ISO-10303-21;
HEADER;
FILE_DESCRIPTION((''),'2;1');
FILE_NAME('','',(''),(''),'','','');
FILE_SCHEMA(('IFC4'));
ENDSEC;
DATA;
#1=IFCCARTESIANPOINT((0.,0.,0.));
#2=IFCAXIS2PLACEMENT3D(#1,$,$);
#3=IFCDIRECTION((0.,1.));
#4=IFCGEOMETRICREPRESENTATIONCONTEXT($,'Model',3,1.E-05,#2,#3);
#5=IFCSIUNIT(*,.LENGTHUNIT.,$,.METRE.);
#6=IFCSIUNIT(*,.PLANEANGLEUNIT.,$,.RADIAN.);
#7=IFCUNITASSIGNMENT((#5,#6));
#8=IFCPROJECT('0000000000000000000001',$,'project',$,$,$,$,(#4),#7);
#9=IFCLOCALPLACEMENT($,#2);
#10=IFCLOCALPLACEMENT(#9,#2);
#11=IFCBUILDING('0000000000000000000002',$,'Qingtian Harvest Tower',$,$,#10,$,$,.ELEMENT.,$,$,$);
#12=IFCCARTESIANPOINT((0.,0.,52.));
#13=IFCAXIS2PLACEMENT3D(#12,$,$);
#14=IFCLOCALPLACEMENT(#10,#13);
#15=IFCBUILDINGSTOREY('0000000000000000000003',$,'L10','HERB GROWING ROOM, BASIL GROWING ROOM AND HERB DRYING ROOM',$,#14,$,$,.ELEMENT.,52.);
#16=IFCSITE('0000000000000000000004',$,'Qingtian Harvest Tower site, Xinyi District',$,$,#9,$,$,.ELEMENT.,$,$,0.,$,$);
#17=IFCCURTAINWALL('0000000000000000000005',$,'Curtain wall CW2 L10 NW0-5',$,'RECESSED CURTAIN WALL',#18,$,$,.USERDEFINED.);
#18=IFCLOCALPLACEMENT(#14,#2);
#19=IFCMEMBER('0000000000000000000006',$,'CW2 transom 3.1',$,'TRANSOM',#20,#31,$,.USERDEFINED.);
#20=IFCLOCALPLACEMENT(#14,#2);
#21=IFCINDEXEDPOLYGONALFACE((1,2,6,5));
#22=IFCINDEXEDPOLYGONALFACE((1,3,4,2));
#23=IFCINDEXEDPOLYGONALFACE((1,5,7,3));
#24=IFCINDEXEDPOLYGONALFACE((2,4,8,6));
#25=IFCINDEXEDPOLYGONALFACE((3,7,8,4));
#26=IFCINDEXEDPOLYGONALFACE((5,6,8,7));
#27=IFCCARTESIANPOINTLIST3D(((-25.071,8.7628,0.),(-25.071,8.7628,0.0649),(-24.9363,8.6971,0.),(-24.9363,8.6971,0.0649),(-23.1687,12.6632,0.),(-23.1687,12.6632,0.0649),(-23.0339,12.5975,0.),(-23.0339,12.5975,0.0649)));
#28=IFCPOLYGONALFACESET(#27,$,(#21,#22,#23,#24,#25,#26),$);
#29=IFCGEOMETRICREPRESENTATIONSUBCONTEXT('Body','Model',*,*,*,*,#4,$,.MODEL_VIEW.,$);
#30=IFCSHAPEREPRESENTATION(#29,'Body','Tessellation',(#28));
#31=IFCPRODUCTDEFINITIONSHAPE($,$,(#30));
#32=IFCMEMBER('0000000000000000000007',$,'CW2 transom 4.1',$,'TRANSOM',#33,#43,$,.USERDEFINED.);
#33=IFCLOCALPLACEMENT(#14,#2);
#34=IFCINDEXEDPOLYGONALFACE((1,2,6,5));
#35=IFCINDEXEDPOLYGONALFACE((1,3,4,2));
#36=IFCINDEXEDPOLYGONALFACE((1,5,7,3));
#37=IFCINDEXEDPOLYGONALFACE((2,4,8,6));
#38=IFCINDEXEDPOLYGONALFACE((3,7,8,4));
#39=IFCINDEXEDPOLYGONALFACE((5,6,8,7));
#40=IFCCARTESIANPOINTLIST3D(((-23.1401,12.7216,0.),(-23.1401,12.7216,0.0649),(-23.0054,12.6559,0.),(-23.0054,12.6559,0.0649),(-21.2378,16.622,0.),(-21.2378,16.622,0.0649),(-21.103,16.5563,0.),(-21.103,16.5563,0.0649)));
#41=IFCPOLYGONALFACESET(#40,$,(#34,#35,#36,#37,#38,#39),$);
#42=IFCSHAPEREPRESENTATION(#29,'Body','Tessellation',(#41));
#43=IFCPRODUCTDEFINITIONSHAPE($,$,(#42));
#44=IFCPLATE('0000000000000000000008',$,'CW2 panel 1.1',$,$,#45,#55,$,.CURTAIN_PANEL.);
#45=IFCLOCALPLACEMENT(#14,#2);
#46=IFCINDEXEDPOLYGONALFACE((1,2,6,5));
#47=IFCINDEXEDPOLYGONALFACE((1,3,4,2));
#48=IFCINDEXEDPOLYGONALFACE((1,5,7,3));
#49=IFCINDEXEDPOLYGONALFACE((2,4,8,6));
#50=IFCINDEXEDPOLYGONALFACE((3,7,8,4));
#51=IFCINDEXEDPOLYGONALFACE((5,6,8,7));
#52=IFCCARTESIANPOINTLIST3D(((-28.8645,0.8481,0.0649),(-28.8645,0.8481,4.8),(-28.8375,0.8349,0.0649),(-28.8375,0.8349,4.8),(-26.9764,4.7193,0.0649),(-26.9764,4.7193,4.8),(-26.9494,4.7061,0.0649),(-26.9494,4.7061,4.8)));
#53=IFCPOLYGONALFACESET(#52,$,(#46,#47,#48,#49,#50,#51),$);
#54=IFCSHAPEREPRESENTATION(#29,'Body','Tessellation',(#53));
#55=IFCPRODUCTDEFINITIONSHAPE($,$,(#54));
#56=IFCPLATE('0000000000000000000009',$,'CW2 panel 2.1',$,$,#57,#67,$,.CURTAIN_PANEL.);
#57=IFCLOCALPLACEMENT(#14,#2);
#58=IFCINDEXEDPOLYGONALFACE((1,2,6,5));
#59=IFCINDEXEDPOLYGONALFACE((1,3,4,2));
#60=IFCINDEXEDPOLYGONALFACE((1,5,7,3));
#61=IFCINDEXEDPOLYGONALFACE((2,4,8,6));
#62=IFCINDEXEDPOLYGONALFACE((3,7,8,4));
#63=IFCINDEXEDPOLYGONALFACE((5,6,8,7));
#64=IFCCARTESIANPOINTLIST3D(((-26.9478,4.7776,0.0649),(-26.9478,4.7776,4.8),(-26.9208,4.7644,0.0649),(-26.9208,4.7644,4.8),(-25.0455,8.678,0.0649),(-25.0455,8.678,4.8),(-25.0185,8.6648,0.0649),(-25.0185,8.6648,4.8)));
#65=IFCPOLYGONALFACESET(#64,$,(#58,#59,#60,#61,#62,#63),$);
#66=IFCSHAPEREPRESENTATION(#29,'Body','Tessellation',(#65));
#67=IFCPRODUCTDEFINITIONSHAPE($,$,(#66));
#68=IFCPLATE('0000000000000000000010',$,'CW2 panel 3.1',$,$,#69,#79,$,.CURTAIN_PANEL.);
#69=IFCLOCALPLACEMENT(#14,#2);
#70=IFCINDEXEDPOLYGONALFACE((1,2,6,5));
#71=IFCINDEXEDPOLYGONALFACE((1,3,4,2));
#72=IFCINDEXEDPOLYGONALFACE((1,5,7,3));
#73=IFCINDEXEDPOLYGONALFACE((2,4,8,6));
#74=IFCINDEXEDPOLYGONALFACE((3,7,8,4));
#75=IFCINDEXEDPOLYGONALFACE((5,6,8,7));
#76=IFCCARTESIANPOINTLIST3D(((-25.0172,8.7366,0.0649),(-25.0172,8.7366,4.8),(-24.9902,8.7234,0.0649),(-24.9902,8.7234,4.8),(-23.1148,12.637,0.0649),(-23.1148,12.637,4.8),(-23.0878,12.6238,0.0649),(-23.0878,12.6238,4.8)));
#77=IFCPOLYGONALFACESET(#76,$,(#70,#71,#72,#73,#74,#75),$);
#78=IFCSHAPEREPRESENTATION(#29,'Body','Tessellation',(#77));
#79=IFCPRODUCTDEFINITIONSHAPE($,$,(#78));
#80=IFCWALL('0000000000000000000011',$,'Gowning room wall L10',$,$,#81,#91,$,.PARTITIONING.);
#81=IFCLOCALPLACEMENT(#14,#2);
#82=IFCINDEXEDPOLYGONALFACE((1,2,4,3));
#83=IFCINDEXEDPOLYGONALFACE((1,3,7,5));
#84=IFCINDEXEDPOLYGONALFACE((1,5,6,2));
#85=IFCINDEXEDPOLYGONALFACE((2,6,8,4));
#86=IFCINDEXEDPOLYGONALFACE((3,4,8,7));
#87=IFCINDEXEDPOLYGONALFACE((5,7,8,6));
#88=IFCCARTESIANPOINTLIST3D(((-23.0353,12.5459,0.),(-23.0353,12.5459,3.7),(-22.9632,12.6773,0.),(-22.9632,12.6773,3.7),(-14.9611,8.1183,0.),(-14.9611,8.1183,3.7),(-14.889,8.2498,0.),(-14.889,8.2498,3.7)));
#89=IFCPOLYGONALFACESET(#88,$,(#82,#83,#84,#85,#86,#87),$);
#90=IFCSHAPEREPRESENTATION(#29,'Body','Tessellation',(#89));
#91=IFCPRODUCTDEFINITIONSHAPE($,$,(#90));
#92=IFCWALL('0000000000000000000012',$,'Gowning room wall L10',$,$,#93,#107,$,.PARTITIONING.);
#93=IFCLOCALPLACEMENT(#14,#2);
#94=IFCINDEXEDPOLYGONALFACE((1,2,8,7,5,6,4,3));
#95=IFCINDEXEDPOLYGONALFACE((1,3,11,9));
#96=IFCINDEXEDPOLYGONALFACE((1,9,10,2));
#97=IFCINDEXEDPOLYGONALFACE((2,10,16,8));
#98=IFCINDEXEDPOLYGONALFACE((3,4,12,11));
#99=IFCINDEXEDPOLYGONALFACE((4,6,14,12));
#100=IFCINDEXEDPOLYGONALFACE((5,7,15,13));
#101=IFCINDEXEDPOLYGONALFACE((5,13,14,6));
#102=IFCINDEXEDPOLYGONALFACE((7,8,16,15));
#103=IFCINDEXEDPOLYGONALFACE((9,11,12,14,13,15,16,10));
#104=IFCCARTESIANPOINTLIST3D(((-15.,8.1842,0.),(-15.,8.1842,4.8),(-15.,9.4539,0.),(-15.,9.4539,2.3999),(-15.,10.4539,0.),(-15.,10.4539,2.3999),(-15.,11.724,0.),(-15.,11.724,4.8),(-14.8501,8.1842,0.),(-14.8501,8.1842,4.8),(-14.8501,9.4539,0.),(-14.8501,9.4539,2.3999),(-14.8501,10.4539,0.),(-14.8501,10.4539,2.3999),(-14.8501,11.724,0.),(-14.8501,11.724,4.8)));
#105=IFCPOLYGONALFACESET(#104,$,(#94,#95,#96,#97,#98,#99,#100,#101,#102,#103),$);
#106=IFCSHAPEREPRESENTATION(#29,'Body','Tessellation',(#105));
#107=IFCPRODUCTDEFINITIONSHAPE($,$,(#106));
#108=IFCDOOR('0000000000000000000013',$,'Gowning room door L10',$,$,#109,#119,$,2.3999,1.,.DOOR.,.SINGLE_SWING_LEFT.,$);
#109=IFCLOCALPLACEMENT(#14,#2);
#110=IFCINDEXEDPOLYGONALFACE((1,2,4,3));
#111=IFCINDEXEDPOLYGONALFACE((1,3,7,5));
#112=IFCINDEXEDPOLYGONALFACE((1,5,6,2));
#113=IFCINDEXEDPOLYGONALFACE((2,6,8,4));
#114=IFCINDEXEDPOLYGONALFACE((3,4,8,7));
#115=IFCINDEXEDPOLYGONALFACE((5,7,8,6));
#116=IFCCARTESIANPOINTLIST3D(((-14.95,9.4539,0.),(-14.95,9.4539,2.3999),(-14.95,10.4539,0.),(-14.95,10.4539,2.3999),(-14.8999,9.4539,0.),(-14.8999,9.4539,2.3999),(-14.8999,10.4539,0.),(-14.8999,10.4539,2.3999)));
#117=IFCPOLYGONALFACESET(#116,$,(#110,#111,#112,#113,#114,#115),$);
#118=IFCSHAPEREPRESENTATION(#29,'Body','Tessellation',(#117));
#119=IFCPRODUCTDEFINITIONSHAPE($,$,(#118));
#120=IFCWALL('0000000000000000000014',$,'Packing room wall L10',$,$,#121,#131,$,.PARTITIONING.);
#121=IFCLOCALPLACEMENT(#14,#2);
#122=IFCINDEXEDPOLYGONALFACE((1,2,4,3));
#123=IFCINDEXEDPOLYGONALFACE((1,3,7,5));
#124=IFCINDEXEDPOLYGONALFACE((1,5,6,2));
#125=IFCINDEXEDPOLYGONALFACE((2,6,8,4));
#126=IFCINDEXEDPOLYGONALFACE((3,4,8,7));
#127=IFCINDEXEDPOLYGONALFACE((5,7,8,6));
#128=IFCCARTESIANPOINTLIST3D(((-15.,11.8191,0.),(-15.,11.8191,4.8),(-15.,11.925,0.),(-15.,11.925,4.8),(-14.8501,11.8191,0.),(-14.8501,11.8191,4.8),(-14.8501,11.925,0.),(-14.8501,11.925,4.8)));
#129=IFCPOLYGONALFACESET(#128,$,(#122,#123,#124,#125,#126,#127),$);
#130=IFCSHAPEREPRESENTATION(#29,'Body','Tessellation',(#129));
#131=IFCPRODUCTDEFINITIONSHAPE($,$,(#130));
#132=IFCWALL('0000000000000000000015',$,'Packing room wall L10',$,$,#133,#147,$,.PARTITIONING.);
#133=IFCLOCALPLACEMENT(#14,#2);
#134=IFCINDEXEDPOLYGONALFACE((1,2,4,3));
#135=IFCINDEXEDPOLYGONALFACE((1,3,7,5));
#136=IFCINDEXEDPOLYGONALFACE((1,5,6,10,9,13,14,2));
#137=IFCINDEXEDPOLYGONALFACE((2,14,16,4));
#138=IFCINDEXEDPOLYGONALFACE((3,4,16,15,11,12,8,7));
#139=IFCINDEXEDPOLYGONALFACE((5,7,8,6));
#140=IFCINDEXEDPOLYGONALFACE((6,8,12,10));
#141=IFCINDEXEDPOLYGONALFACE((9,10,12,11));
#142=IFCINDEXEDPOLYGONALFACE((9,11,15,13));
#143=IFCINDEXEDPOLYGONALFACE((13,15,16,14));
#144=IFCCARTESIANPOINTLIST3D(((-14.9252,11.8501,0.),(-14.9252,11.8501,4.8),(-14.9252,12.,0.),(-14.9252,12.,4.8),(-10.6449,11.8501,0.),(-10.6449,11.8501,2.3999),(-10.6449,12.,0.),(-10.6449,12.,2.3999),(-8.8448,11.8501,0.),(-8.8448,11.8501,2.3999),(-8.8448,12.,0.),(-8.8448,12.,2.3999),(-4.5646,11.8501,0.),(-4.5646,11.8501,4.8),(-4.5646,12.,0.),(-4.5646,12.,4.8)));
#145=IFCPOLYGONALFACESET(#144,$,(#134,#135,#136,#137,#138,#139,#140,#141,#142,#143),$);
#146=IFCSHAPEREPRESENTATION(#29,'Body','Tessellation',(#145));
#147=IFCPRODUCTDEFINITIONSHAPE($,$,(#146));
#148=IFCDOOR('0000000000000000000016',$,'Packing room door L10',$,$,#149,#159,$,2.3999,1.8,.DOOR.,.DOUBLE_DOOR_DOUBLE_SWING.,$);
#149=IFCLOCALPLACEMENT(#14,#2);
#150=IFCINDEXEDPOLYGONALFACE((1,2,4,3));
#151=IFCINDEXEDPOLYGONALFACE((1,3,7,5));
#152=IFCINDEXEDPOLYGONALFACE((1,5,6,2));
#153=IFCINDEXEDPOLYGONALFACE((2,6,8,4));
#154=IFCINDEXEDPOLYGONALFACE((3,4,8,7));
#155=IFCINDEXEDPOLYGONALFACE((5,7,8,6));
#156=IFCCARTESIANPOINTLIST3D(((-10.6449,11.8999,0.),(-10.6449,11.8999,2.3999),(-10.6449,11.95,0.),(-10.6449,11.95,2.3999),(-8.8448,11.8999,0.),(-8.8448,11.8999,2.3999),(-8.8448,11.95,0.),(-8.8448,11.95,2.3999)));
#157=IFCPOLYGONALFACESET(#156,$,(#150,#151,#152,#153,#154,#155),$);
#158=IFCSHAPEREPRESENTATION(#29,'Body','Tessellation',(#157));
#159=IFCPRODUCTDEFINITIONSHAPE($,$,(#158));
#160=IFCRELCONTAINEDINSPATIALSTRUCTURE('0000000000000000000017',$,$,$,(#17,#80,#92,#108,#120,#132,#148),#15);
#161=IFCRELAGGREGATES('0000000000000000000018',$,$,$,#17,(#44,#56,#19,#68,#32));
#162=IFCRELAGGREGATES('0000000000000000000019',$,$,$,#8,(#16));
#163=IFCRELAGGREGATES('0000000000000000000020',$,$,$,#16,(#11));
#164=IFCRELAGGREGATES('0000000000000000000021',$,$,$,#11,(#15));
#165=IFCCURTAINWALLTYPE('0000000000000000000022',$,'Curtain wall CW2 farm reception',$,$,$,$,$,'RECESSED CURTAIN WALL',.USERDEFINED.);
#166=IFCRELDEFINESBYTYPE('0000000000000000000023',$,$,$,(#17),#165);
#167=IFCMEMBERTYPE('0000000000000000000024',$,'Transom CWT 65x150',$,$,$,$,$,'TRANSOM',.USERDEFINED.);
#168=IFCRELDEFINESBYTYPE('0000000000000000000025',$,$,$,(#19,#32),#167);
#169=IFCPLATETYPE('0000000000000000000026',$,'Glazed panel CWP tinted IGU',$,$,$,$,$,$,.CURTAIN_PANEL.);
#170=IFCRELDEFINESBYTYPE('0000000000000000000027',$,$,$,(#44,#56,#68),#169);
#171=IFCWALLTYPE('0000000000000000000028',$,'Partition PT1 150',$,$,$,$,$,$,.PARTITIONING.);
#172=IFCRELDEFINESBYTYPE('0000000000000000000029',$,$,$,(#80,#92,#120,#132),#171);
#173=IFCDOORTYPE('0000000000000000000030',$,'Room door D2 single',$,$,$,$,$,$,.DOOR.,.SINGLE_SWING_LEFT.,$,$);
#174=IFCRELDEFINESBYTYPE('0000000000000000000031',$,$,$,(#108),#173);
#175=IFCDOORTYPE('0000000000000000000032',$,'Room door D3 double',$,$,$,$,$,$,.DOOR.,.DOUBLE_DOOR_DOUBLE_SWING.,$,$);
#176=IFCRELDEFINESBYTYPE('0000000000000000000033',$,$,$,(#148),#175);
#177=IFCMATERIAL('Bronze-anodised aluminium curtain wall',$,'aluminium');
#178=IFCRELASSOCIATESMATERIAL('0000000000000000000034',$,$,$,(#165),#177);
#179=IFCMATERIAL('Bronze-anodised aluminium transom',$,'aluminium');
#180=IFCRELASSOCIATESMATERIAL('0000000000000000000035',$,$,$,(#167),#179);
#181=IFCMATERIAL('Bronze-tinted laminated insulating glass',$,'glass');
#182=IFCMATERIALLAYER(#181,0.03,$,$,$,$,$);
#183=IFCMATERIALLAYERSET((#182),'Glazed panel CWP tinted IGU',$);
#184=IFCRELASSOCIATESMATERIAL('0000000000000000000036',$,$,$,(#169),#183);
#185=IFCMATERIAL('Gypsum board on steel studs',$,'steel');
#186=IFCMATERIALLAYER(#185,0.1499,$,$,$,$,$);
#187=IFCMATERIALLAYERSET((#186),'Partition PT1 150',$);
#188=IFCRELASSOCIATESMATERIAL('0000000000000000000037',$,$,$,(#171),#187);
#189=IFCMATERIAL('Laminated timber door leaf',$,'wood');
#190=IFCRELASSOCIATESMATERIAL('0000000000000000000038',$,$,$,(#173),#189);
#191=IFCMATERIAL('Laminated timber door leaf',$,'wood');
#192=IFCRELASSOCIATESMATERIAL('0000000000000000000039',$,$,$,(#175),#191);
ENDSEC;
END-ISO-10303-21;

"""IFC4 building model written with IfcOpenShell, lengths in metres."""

from ifc_helpers import new_model, si_unit, direction, frame, frame_2d, origin, origin_2d, place, context, subcontext, project, spatial, rectangle, extrude, material, layer, layer_set, material_profile, profile_set, type_object, element, fill, aggregate, save


model = new_model("IFC4")

# Units and contexts
model_context = context("Model", 3, precision=1e-05, world=origin(), true_north=direction((0.0, 1.0)))
body_context = subcontext(model_context, "Body", "Model", "MODEL_VIEW")
ifc_project = project(units=[si_unit("LENGTHUNIT", "METRE"), si_unit("PLANEANGLEUNIT", "RADIAN")], contexts=[model_context])

# Site, building, storey
site_placement = place(None, origin())
site = spatial("IfcSite", under=ifc_project, at=site_placement, Name="Qingtian Harvest Tower site, Xinyi District", CompositionType="ELEMENT", RefElevation=0.0)
building_placement = place(site_placement, origin())
building = spatial("IfcBuilding", under=site, at=building_placement, Name="Qingtian Harvest Tower", CompositionType="ELEMENT")
storey_placement = place(building_placement, frame((0.0, 0.0, 52.0)))
storey = spatial("IfcBuildingStorey", under=building, at=storey_placement, Name="L10", Description="HERB GROWING ROOM, BASIL GROWING ROOM AND HERB DRYING ROOM", CompositionType="ELEMENT", Elevation=52.0)

# Shared definitions
ifc_material_1 = material(Name="Bronze-anodised aluminium curtain wall", Category="aluminium")
curtain_wall_type = type_object("IfcCurtainWallType", Name="Curtain wall CW2 farm reception", ElementType="RECESSED CURTAIN WALL", PredefinedType="USERDEFINED", material=ifc_material_1)

# Curtain wall
curtain_wall_1_placement = place(storey_placement, origin())
curtain_wall_1 = element("IfcCurtainWall", 1, at=curtain_wall_1_placement, inside=storey, type_object=curtain_wall_type, Name="Curtain wall CW2 L10 NW0-5", ObjectType="RECESSED CURTAIN WALL", PredefinedType="USERDEFINED")

# Members
ifc_material_2 = material(Name="Bronze-anodised aluminium transom", Category="aluminium")
ifc_material_profile_1 = material_profile(ifc_material_2, rectangle(XDim=0.1499, YDim=0.0649, at=origin_2d()), Name="AL 65x150")
ifc_profile_set_1 = profile_set([ifc_material_profile_1], Name="Bronze-anodised aluminium transom")
member_type_1 = type_object("IfcMemberType", Name="Transom CWT 65x150", ElementType="TRANSOM", PredefinedType="USERDEFINED", material=ifc_profile_set_1)
member_1_placement = place(storey_placement, frame((-25.0037, 8.73, 0.0325), z_axis=(0.43837, 0.898794, 0.0), x_axis=(-0.898794, 0.43837, 0.0)))
member_1 = element("IfcMember", 2, at=member_1_placement, type_object=member_type_1, Name="CW2 transom 3.1", ObjectType="TRANSOM", PredefinedType="USERDEFINED", context=body_context, shape_type="SweptSolid", body=[
    extrude(rectangle(XDim=0.1499, YDim=0.0649, at=origin_2d()), origin(), (0.0, 0.0, 1.0), 4.3396),
])
member_2_placement = place(storey_placement, frame((-23.0728, 12.6887, 0.0325), z_axis=(0.43837, 0.898794, 0.0), x_axis=(-0.898794, 0.43837, 0.0)))
member_2 = element("IfcMember", 3, at=member_2_placement, type_object=member_type_1, Name="CW2 transom 4.1", ObjectType="TRANSOM", PredefinedType="USERDEFINED", context=body_context, shape_type="SweptSolid", body=[
    extrude(rectangle(XDim=0.1499, YDim=0.0649, at=origin_2d()), origin(), (0.0, 0.0, 1.0), 4.3396),
])

# Plates
ifc_material_3 = material(Name="Bronze-tinted laminated insulating glass", Category="glass")
ifc_layer_1 = layer(ifc_material_3, 0.03)
ifc_layer_set_1 = layer_set([ifc_layer_1], Name="Glazed panel CWP tinted IGU")
plate_type = type_object("IfcPlateType", Name="Glazed panel CWP tinted IGU", PredefinedType="CURTAIN_PANEL", material=ifc_layer_set_1)
plate_1_placement = place(storey_placement, frame((-27.907, 2.7771, 0.0649), z_axis=(0.0, 0.0, 1.0), x_axis=(0.438371, 0.898794, 0.0)))
plate_1 = element("IfcPlate", 4, at=plate_1_placement, type_object=plate_type, Name="CW2 panel 1.1", PredefinedType="CURTAIN_PANEL", context=body_context, shape_type="SweptSolid", body=[
    extrude(rectangle(XDim=4.3071, YDim=0.03, at=origin_2d()), origin(), (0.0, 0.0, 1.0), 4.7351),
])
plate_2_placement = place(storey_placement, frame((-25.9832, 6.7212, 0.0649), z_axis=(0.0, 0.0, 1.0), x_axis=(0.438371, 0.898794, 0.0)))
plate_2 = element("IfcPlate", 5, at=plate_2_placement, type_object=plate_type, Name="CW2 panel 2.1", PredefinedType="CURTAIN_PANEL", context=body_context, shape_type="SweptSolid", body=[
    extrude(rectangle(XDim=4.3396, YDim=0.03, at=origin_2d()), origin(), (0.0, 0.0, 1.0), 4.7351),
])
plate_3_placement = place(storey_placement, frame((-24.0525, 10.6802, 0.0649), z_axis=(0.0, 0.0, 1.0), x_axis=(0.438371, 0.898794, 0.0)))
plate_3 = element("IfcPlate", 6, at=plate_3_placement, type_object=plate_type, Name="CW2 panel 3.1", PredefinedType="CURTAIN_PANEL", context=body_context, shape_type="SweptSolid", body=[
    extrude(rectangle(XDim=4.3396, YDim=0.03, at=origin_2d()), origin(), (0.0, 0.0, 1.0), 4.7351),
])
aggregate(curtain_wall_1, [plate_1, plate_2, member_1, plate_3, member_2])

# Wall
ifc_material_4 = material(Name="Gypsum board on steel studs", Category="steel")
ifc_layer_2 = layer(ifc_material_4, 0.1499)
ifc_layer_set_2 = layer_set([ifc_layer_2], Name="Partition PT1 150")
wall_type = type_object("IfcWallType", Name="Partition PT1 150", PredefinedType="PARTITIONING", material=ifc_layer_set_2)
wall_1_placement = place(storey_placement, frame((-22.9993, 12.6116, 0.0), z_axis=(0.0, 0.0, 1.0), x_axis=(0.876826, -0.480807, 0.0)))
element("IfcWall", 7, at=wall_1_placement, inside=storey, type_object=wall_type, Name="Gowning room wall L10", PredefinedType="PARTITIONING", context=body_context, shape_type="SweptSolid", body=[
    extrude(rectangle(XDim=9.2085, YDim=0.1499, at=frame_2d((4.6042, 0.0))), origin(), (0.0, 0.0, 1.0), 3.7),
])

# Wall, opening, door
wall_2_placement = place(storey_placement, frame((-14.925, 8.1841, 0.0), z_axis=(0.0, 0.0, 1.0), x_axis=(0.0, 1.0, 0.0)))
wall_2 = element("IfcWall", 8, at=wall_2_placement, inside=storey, type_object=wall_type, Name="Gowning room wall L10", PredefinedType="PARTITIONING", context=body_context, shape_type="SweptSolid", body=[
    extrude(rectangle(XDim=3.5398, YDim=0.1499, at=frame_2d((1.77, 0.0))), origin(), (0.0, 0.0, 1.0), 4.8),
])
opening_1_placement = place(wall_2_placement, frame((1.2698, 0.0, 0.0)))
opening_1 = element("IfcOpeningElement", 9, at=opening_1_placement, cuts=wall_2, PredefinedType="OPENING", context=body_context, shape_type="SweptSolid", body=[
    extrude(rectangle(XDim=1.0, YDim=2.3999, at=frame_2d((0.5, 1.2))), frame((0.0, 0.085, 0.0), z_axis=(0.0, -1.0, 0.0), x_axis=(1.0, 0.0, 0.0)), (0.0, 0.0, 1.0), 0.1699),
])
ifc_material_5 = material(Name="Laminated timber door leaf", Category="wood")
door_type_1 = type_object("IfcDoorType", Name="Room door D2 single", OperationType="SINGLE_SWING_LEFT", PredefinedType="DOOR", material=ifc_material_5)
door_1_placement = place(opening_1_placement, origin())
door_1 = element("IfcDoor", 10, at=door_1_placement, inside=storey, type_object=door_type_1, Name="Gowning room door L10", OperationType="SINGLE_SWING_LEFT", OverallHeight=2.3999, OverallWidth=1.0, PredefinedType="DOOR", context=body_context, shape_type="SweptSolid", body=[
    extrude(rectangle(XDim=1.0, YDim=2.3999, at=frame_2d((0.5, 1.2))), frame((0.0, 0.0249, 0.0), z_axis=(0.0, -1.0, 0.0), x_axis=(1.0, 0.0, 0.0)), (0.0, 0.0, 1.0), 0.05),
])
fill(opening_1, door_1)

# Wall
wall_3_placement = place(storey_placement, frame((-14.925, 11.8191, 0.0), z_axis=(0.0, 0.0, 1.0), x_axis=(0.0, 1.0, 0.0)))
element("IfcWall", 11, at=wall_3_placement, inside=storey, type_object=wall_type, Name="Packing room wall L10", PredefinedType="PARTITIONING", context=body_context, shape_type="SweptSolid", body=[
    extrude(rectangle(XDim=0.106, YDim=0.1499, at=frame_2d((0.053, 0.0))), origin(), (0.0, 0.0, 1.0), 4.8),
])

# Wall, opening, door
wall_4_placement = place(storey_placement, frame((-14.925, 11.925, 0.0), z_axis=(0.0, 0.0, 1.0), x_axis=(1.0, 0.0, 0.0)))
wall_4 = element("IfcWall", 12, at=wall_4_placement, inside=storey, type_object=wall_type, Name="Packing room wall L10", PredefinedType="PARTITIONING", context=body_context, shape_type="SweptSolid", body=[
    extrude(rectangle(XDim=10.3606, YDim=0.1499, at=frame_2d((5.1802, 0.0))), origin(), (0.0, 0.0, 1.0), 4.8),
])
opening_2_placement = place(wall_4_placement, frame((4.2803, 0.0, 0.0)))
opening_2 = element("IfcOpeningElement", 13, at=opening_2_placement, cuts=wall_4, PredefinedType="OPENING", context=body_context, shape_type="SweptSolid", body=[
    extrude(rectangle(XDim=1.8, YDim=2.3999, at=frame_2d((0.8999, 1.2))), frame((0.0, 0.085, 0.0), z_axis=(0.0, -1.0, 0.0), x_axis=(1.0, 0.0, 0.0)), (0.0, 0.0, 1.0), 0.1699),
])
ifc_material_6 = material(Name="Laminated timber door leaf", Category="wood")
door_type_2 = type_object("IfcDoorType", Name="Room door D3 double", OperationType="DOUBLE_DOOR_DOUBLE_SWING", PredefinedType="DOOR", material=ifc_material_6)
door_2_placement = place(opening_2_placement, origin())
door_2 = element("IfcDoor", 14, at=door_2_placement, inside=storey, type_object=door_type_2, Name="Packing room door L10", OperationType="DOUBLE_DOOR_DOUBLE_SWING", OverallHeight=2.3999, OverallWidth=1.8, PredefinedType="DOOR", context=body_context, shape_type="SweptSolid", body=[
    extrude(rectangle(XDim=1.8, YDim=2.3999, at=frame_2d((0.8999, 1.2))), frame((0.0, 0.0249, 0.0), z_axis=(0.0, -1.0, 0.0), x_axis=(1.0, 0.0, 0.0)), (0.0, 0.0, 1.0), 0.05),
])
fill(opening_2, door_2)

save(model, "model.ifc")
